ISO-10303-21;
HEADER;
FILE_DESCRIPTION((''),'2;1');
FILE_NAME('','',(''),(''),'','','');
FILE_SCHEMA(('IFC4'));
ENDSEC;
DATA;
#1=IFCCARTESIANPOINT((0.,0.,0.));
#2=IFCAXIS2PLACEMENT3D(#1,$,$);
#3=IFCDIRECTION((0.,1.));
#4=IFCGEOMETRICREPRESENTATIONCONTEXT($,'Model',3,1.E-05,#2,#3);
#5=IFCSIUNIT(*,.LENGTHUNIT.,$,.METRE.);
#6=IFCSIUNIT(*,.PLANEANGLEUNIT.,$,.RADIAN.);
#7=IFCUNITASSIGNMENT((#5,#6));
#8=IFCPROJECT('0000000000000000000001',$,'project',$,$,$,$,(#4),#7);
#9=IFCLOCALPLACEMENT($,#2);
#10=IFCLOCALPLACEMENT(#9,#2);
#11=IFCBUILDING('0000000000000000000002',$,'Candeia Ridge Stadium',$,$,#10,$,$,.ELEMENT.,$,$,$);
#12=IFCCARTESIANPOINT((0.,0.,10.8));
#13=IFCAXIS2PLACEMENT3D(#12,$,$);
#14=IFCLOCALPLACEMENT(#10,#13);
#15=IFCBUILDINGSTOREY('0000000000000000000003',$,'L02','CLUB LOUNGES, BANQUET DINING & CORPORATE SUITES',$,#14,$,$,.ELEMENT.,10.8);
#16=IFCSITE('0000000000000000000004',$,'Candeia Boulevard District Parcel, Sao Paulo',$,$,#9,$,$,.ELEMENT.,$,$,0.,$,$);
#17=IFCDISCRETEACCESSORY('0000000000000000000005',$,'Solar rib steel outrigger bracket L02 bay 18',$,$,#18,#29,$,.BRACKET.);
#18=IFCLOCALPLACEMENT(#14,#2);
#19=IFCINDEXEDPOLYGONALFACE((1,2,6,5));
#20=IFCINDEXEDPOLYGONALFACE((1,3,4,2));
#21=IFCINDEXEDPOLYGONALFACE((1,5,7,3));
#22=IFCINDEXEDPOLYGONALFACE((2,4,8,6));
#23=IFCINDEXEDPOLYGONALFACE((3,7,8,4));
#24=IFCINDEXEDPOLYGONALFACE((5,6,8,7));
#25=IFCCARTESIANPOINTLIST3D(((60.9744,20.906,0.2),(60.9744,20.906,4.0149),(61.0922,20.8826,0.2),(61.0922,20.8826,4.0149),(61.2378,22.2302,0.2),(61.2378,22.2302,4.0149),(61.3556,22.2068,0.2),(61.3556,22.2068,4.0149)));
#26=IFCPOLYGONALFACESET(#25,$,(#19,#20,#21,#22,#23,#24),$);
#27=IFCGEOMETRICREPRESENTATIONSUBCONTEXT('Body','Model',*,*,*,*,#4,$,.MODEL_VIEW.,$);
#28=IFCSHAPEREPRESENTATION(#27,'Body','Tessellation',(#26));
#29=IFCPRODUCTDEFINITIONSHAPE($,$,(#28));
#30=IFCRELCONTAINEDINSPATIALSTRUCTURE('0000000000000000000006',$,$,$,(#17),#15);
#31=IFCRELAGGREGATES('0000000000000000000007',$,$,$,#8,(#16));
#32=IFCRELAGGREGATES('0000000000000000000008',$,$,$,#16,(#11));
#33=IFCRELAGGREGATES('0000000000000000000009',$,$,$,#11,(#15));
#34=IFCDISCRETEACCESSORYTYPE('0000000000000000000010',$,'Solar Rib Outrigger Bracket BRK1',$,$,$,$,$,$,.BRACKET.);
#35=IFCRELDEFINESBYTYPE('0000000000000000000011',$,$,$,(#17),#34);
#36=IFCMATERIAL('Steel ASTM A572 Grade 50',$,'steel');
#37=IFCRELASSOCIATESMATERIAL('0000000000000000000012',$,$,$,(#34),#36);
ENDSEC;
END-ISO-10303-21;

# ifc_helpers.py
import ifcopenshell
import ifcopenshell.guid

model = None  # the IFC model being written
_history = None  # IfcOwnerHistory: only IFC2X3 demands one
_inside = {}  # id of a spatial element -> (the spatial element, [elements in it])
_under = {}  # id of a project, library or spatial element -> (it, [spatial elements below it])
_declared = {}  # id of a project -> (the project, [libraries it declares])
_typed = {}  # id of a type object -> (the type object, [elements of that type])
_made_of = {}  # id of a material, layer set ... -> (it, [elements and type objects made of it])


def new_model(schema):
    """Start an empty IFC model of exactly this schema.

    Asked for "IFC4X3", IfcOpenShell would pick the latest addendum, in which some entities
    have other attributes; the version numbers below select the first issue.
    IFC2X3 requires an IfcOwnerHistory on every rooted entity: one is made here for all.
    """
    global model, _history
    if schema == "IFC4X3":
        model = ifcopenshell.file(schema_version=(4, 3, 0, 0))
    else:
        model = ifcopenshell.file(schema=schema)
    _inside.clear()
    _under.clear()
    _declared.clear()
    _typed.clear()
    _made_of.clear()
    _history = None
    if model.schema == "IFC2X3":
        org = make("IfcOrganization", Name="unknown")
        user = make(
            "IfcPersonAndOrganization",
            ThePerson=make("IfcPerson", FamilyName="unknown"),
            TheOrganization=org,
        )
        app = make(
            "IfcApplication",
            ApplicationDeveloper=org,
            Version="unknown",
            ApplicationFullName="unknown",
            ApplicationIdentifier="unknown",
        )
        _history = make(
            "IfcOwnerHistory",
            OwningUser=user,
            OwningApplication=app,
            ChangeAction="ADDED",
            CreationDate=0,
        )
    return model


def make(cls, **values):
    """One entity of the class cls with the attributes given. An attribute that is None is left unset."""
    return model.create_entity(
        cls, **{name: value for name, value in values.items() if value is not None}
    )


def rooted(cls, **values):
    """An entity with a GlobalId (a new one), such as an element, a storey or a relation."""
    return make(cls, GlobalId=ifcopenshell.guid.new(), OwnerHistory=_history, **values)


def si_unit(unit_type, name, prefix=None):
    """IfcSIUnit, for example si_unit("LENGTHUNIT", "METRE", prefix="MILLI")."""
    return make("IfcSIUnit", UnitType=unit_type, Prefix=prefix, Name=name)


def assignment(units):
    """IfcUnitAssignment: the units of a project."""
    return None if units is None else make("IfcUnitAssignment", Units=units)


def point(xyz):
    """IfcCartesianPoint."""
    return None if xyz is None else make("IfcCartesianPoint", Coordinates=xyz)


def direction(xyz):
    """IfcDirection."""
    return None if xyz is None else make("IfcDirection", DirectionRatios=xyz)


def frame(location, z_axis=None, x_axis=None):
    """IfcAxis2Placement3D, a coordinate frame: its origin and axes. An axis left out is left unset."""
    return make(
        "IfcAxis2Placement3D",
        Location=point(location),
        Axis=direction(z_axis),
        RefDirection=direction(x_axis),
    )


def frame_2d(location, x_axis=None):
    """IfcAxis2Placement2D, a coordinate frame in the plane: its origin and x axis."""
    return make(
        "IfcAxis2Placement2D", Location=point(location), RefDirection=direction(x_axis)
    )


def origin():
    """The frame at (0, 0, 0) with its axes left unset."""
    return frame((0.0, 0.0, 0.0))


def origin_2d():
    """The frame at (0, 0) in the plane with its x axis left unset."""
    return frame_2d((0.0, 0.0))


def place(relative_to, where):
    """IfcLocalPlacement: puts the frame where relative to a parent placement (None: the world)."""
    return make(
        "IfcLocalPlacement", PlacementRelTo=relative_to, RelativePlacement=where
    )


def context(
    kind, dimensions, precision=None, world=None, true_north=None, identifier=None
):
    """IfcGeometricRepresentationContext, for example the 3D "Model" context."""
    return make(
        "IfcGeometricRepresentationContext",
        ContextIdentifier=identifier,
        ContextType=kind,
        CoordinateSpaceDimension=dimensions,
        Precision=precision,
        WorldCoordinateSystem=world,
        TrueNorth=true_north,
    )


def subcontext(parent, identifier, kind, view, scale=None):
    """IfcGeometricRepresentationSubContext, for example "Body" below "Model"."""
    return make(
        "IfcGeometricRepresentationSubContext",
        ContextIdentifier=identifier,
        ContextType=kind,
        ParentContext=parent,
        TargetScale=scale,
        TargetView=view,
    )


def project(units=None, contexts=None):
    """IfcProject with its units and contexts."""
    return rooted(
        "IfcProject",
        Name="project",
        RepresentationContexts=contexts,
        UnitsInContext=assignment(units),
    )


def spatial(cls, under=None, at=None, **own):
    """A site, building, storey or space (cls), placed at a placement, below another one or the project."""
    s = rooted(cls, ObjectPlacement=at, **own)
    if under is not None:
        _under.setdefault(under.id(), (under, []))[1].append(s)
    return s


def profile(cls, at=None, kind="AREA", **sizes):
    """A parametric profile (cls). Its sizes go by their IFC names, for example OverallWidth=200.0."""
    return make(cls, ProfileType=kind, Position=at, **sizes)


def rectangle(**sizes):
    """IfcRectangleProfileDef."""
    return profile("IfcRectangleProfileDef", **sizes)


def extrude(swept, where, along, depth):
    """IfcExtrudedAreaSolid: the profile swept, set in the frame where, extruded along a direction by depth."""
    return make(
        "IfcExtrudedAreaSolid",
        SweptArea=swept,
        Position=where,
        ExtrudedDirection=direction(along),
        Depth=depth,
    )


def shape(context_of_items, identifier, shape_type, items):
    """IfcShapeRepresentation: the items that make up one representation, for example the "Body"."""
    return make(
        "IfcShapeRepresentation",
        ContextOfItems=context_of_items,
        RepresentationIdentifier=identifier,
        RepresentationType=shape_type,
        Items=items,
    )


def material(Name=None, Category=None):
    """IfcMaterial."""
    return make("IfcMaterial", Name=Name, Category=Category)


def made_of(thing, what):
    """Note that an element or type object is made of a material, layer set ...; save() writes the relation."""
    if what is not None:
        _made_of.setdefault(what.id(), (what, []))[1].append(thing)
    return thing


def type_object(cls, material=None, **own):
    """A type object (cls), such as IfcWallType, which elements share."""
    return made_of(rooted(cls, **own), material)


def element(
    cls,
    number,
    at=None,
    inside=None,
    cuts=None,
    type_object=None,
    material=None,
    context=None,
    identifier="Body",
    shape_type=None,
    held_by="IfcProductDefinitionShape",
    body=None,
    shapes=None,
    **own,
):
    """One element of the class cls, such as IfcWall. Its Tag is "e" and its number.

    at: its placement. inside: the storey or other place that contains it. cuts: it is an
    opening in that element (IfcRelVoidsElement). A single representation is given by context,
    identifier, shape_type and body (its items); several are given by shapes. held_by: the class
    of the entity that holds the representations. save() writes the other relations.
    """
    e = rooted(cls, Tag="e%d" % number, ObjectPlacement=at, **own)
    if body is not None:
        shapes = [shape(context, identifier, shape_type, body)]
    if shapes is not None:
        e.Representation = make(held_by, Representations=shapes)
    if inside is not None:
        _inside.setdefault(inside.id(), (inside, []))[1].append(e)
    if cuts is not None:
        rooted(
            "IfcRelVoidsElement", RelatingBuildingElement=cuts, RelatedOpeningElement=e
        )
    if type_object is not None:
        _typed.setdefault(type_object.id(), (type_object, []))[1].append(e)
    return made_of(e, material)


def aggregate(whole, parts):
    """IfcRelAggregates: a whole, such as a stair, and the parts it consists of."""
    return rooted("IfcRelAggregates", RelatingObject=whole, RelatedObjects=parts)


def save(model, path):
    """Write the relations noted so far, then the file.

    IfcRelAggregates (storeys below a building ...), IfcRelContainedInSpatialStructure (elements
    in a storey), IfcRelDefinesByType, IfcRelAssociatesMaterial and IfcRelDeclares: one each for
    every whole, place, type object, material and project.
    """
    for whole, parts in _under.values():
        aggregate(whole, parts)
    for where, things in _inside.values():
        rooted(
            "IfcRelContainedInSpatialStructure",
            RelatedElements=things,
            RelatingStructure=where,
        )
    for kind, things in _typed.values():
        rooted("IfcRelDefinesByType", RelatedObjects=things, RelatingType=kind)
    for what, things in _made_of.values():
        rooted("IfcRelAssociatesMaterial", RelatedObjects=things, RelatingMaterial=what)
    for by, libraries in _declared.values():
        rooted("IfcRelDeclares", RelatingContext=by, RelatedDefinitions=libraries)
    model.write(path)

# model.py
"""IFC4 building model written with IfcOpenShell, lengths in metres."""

from ifc_helpers import new_model, si_unit, direction, frame, origin, origin_2d, place, context, subcontext, project, spatial, rectangle, extrude, material, type_object, element, save


model = new_model("IFC4")

# Units and contexts
model_context = context("Model", 3, precision=1e-05, world=origin(), true_north=direction((0.0, 1.0)))
body_context = subcontext(model_context, "Body", "Model", "MODEL_VIEW")
ifc_project = project(units=[si_unit("LENGTHUNIT", "METRE"), si_unit("PLANEANGLEUNIT", "RADIAN")], contexts=[model_context])

# Site, building, storey
site_placement = place(None, origin())
site = spatial("IfcSite", under=ifc_project, at=site_placement, Name="Candeia Boulevard District Parcel, Sao Paulo", CompositionType="ELEMENT", RefElevation=0.0)
building_placement = place(site_placement, origin())
building = spatial("IfcBuilding", under=site, at=building_placement, Name="Candeia Ridge Stadium", CompositionType="ELEMENT")
storey_placement = place(building_placement, frame((0.0, 0.0, 10.8)))
storey = spatial("IfcBuildingStorey", under=building, at=storey_placement, Name="L02", Description="CLUB LOUNGES, BANQUET DINING & CORPORATE SUITES", CompositionType="ELEMENT", Elevation=10.8)

# Discrete accessory
ifc_material_1 = material(Name="Steel ASTM A572 Grade 50", Category="steel")
discrete_accessory_type = type_object("IfcDiscreteAccessoryType", Name="Solar Rib Outrigger Bracket BRK1", PredefinedType="BRACKET", material=ifc_material_1)
discrete_accessory_placement = place(storey_placement, frame((61.165, 21.5564, 0.2), z_axis=(0.0, 0.0, 1.0), x_axis=(-0.19509, -0.980785, 0.0)))
element("IfcDiscreteAccessory", 1, at=discrete_accessory_placement, inside=storey, type_object=discrete_accessory_type, Name="Solar rib steel outrigger bracket L02 bay 18", PredefinedType="BRACKET", context=body_context, shape_type="SweptSolid", body=[
    extrude(rectangle(XDim=1.3501, YDim=0.1201, at=origin_2d()), origin(), (0.0, 0.0, 1.0), 3.8149),
])

save(model, "model.ifc")
